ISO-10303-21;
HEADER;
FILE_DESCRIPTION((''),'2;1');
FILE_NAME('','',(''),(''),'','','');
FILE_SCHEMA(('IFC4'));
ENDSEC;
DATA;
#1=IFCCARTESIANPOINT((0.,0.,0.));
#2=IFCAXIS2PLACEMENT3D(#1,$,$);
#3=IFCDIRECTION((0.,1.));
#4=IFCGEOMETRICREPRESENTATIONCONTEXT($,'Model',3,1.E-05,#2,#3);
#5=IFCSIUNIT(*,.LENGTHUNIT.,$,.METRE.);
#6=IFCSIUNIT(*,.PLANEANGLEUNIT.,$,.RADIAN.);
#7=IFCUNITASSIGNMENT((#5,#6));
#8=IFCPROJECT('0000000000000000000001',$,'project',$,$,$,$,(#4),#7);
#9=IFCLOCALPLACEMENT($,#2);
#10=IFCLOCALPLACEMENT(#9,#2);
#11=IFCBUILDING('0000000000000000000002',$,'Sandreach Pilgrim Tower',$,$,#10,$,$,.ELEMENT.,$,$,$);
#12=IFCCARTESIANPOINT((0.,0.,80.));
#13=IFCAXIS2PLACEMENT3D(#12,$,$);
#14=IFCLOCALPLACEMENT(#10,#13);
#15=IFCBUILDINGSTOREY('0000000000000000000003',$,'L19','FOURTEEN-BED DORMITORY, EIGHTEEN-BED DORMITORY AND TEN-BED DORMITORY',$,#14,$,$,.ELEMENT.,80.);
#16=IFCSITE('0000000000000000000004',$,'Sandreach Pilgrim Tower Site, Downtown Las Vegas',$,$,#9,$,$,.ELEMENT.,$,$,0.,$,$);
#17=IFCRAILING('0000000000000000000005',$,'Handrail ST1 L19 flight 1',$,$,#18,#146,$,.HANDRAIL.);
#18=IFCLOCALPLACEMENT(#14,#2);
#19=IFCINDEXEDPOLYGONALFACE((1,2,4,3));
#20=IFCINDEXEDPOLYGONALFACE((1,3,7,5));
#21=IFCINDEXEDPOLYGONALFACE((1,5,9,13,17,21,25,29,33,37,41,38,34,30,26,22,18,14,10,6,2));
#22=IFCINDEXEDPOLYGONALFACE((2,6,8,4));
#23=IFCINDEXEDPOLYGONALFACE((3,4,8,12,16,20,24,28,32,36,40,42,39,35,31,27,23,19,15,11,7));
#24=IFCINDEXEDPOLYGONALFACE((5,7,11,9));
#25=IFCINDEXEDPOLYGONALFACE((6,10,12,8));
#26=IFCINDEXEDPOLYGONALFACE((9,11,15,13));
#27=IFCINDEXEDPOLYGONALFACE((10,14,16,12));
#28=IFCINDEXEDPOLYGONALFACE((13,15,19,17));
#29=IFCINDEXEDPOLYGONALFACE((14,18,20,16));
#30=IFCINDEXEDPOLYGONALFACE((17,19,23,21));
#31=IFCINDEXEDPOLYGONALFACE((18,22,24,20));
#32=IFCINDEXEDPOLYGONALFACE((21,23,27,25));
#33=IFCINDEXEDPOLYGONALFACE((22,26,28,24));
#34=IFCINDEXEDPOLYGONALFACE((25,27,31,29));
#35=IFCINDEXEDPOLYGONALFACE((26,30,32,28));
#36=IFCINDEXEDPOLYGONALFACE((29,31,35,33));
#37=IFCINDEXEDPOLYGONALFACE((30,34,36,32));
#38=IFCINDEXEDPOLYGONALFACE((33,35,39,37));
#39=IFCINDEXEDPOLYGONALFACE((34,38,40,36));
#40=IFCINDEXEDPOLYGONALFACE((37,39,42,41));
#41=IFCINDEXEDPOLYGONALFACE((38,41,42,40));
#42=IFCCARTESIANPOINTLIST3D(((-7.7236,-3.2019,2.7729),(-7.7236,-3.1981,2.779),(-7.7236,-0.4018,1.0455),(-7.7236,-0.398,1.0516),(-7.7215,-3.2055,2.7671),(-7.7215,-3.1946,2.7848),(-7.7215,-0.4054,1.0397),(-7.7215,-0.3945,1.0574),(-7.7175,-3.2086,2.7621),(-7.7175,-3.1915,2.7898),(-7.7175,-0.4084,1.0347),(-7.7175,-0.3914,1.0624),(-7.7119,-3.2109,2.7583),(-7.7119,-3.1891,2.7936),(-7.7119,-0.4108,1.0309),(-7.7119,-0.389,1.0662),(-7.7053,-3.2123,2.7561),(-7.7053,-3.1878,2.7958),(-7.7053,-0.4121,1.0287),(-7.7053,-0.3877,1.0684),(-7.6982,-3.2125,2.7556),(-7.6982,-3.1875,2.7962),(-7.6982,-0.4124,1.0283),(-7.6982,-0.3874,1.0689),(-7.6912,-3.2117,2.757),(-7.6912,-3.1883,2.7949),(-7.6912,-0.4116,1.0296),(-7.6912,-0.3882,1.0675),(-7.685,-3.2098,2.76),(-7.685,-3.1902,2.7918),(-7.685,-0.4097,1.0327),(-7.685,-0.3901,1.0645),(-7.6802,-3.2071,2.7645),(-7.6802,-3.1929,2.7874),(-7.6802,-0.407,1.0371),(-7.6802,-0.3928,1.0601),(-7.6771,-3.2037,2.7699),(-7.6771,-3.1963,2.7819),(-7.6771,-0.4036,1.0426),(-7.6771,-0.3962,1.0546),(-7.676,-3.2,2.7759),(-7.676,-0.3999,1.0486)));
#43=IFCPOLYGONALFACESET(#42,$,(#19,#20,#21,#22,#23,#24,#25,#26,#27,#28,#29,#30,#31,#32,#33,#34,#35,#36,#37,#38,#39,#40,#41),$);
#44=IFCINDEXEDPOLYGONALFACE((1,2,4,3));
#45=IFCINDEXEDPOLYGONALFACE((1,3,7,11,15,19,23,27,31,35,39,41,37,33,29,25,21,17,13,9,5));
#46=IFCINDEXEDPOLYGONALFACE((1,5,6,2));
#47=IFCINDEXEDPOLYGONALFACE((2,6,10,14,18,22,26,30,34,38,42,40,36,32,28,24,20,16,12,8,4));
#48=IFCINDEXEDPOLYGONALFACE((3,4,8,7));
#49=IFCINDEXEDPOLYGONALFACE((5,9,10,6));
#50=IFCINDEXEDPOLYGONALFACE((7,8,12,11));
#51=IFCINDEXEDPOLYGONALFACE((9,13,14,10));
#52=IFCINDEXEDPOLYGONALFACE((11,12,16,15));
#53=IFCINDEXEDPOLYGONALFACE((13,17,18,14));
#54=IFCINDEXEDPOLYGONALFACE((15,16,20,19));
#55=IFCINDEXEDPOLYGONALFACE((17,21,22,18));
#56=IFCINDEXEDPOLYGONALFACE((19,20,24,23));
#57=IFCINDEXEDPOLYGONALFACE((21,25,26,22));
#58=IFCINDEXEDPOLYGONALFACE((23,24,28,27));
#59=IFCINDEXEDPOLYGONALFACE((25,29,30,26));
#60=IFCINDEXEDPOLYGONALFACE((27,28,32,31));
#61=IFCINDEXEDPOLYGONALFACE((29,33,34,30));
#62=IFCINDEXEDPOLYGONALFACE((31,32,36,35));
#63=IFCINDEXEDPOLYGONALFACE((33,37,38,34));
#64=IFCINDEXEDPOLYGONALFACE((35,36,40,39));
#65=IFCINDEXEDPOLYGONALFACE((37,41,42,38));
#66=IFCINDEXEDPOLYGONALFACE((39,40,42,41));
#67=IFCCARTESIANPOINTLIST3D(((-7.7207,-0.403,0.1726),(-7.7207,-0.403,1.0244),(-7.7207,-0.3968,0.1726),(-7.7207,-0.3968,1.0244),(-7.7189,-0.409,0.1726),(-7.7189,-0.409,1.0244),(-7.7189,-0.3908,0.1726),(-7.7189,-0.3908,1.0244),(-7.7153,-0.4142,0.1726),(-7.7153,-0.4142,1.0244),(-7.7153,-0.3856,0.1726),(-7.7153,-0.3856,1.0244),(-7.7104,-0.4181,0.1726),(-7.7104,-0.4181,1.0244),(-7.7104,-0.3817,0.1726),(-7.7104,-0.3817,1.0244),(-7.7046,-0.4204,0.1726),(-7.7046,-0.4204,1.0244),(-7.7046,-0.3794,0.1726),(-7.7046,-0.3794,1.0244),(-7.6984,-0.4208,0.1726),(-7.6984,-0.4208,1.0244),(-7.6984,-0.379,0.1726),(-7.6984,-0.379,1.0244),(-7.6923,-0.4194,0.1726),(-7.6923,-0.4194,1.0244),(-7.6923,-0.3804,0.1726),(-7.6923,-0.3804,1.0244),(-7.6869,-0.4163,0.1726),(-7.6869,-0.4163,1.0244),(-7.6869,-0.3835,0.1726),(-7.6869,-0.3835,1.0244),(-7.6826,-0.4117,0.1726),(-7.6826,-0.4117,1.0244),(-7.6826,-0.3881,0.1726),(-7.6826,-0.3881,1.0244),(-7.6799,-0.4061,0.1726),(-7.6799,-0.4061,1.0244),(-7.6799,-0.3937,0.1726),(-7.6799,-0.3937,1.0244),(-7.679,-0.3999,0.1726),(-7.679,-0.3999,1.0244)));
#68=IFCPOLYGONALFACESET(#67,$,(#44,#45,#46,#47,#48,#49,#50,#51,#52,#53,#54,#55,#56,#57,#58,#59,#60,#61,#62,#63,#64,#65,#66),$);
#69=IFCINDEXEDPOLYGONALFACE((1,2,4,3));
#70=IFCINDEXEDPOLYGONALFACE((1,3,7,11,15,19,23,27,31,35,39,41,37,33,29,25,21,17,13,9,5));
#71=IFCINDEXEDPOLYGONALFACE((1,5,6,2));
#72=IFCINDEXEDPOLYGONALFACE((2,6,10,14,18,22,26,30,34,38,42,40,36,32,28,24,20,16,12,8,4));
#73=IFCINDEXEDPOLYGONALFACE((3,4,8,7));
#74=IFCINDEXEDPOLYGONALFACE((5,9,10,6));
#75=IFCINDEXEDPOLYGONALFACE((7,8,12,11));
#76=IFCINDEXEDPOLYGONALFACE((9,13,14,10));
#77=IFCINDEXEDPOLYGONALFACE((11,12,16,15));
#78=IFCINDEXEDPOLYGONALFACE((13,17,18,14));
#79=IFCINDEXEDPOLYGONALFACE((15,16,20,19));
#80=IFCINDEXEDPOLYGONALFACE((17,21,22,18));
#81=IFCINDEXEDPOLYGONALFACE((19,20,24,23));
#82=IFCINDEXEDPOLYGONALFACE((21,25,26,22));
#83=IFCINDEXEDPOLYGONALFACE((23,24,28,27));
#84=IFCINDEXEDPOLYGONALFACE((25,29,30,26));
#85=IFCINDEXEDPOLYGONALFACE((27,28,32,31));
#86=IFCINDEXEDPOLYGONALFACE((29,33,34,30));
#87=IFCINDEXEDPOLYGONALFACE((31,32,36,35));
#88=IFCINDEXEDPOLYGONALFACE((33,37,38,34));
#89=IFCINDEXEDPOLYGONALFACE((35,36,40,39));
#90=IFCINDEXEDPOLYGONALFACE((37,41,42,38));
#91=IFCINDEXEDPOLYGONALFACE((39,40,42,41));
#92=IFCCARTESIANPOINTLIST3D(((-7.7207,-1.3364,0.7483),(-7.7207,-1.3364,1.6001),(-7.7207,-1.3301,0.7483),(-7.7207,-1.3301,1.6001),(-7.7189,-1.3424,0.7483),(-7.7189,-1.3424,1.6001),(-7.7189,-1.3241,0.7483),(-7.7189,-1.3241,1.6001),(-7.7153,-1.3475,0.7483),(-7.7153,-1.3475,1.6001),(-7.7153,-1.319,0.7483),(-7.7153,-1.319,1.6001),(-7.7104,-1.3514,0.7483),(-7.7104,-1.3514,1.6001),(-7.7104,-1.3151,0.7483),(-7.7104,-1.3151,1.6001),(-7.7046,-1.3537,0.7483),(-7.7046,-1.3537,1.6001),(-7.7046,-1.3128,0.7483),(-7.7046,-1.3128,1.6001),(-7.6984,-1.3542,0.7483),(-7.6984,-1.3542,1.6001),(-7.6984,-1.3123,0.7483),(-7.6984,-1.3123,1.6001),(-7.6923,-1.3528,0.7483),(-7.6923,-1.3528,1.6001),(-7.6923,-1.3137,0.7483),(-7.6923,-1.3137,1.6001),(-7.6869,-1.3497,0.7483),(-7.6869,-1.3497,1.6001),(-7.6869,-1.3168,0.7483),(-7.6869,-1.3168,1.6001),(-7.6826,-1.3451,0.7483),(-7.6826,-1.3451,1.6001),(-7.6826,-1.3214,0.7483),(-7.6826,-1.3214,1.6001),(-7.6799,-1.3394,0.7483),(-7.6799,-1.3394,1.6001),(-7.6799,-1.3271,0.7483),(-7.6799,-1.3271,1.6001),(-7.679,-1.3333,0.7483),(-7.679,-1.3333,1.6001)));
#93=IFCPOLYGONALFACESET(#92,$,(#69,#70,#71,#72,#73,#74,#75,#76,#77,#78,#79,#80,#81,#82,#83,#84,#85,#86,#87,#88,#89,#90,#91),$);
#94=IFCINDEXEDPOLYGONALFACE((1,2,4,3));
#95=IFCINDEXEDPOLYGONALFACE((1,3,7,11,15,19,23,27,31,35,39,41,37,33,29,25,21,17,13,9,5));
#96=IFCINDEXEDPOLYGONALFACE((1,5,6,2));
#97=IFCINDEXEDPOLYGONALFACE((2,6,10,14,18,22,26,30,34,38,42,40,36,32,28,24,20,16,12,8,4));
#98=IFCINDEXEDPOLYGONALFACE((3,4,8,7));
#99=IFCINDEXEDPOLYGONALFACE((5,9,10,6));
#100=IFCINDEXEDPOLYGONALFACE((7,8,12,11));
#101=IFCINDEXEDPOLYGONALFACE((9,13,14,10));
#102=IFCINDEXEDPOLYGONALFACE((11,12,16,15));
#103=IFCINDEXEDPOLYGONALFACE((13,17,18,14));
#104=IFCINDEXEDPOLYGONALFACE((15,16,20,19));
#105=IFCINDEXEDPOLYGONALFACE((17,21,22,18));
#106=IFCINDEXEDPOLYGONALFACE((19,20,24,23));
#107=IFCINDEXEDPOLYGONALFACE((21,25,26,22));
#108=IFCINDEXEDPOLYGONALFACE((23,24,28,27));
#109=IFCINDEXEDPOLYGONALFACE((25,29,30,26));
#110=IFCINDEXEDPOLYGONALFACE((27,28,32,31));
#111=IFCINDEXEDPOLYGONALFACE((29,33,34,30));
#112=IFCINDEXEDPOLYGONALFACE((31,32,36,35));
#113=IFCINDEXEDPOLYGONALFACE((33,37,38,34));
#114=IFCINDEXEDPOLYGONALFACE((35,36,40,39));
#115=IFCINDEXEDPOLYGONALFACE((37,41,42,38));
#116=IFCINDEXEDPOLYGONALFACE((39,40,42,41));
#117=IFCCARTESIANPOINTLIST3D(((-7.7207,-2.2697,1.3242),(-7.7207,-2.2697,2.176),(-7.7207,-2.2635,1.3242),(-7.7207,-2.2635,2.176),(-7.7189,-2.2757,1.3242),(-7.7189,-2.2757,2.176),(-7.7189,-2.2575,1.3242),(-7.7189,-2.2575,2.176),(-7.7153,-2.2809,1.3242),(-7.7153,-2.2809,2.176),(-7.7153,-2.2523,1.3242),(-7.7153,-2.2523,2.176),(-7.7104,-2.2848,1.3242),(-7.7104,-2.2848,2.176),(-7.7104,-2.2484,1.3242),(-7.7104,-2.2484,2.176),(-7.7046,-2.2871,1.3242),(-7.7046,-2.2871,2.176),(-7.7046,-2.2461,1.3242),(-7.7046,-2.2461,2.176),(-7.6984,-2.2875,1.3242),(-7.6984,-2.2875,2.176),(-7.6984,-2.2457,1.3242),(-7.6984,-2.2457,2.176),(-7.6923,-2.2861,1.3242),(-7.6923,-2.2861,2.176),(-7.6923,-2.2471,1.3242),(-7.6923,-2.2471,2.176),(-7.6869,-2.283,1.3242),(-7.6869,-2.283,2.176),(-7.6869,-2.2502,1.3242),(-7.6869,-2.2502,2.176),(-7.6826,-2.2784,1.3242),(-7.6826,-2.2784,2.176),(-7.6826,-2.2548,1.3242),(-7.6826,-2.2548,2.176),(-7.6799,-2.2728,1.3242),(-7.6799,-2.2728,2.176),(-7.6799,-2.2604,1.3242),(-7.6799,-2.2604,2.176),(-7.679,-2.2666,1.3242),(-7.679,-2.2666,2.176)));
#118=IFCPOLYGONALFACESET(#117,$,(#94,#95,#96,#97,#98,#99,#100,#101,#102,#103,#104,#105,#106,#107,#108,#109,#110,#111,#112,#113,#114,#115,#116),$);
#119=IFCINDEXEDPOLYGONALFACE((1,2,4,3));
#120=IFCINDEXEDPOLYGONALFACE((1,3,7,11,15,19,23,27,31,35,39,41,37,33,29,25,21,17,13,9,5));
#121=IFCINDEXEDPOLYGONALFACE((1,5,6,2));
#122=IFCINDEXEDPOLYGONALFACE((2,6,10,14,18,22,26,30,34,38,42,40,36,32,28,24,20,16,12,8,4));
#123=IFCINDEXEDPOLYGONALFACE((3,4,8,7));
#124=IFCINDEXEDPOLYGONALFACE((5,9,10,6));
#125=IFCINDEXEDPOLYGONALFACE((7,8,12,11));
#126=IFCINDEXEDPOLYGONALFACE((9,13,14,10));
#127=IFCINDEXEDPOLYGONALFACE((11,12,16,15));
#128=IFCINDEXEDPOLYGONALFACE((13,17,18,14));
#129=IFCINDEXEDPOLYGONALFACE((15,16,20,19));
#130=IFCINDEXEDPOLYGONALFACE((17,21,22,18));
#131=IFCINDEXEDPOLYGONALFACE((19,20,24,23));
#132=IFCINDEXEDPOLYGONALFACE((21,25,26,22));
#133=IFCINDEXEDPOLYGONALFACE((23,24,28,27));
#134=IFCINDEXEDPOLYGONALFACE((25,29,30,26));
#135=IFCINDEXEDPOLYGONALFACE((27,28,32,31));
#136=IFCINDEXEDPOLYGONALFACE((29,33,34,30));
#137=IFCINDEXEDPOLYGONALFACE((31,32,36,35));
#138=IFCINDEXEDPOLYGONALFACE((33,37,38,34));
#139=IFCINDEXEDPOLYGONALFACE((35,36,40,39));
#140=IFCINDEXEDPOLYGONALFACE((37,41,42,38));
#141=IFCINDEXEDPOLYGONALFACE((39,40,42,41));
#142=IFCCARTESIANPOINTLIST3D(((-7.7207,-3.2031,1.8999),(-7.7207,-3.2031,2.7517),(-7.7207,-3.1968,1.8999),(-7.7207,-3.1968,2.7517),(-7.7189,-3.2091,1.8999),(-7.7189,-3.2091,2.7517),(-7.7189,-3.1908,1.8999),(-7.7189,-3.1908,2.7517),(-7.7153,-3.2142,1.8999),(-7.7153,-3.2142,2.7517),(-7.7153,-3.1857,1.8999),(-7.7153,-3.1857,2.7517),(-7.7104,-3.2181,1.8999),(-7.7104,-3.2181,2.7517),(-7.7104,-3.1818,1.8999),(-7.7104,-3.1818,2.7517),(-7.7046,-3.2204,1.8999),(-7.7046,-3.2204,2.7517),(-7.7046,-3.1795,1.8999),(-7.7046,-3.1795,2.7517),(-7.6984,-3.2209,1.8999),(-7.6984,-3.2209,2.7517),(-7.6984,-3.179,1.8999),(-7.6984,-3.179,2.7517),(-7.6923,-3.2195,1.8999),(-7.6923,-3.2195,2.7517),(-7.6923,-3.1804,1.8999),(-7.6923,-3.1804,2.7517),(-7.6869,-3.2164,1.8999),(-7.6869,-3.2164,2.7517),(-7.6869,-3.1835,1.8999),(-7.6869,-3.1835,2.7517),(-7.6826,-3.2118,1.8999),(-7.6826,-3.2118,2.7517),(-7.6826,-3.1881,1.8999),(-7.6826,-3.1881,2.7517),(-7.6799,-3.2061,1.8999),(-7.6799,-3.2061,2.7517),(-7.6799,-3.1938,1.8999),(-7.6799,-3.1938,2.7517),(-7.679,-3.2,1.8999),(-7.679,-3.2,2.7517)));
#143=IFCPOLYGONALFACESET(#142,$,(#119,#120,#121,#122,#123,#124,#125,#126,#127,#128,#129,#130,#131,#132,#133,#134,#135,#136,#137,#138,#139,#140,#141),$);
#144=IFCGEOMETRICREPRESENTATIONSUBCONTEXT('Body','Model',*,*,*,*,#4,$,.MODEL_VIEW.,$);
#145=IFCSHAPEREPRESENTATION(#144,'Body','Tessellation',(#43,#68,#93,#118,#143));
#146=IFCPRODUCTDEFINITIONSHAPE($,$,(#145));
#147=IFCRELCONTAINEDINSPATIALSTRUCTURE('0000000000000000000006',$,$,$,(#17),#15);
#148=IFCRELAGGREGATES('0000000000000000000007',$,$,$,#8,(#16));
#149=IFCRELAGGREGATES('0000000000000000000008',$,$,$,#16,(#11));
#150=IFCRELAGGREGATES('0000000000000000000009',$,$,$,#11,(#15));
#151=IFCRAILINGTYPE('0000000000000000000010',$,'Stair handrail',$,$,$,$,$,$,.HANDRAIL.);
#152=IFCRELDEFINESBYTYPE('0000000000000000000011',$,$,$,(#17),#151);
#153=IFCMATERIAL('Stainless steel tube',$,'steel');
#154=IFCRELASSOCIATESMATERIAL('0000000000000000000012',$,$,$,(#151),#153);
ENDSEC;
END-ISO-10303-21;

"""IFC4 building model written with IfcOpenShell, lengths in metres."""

from ifc_helpers import new_model, si_unit, direction, frame, origin, origin_2d, place, context, subcontext, project, spatial, circle, extrude, material, type_object, element, save


model = new_model("IFC4")

# Units and contexts
model_context = context("Model", 3, precision=1e-05, world=origin(), true_north=direction((0.0, 1.0)))
body_context = subcontext(model_context, "Body", "Model", "MODEL_VIEW")
ifc_project = project(units=[si_unit("LENGTHUNIT", "METRE"), si_unit("PLANEANGLEUNIT", "RADIAN")], contexts=[model_context])

# Site, building, storey
site_placement = place(None, origin())
site = spatial("IfcSite", under=ifc_project, at=site_placement, Name="Sandreach Pilgrim Tower Site, Downtown Las Vegas", CompositionType="ELEMENT", RefElevation=0.0)
building_placement = place(site_placement, origin())
building = spatial("IfcBuilding", under=site, at=building_placement, Name="Sandreach Pilgrim Tower", CompositionType="ELEMENT")
storey_placement = place(building_placement, frame((0.0, 0.0, 80.0)))
storey = spatial("IfcBuildingStorey", under=building, at=storey_placement, Name="L19", Description="FOURTEEN-BED DORMITORY, EIGHTEEN-BED DORMITORY AND TEN-BED DORMITORY", CompositionType="ELEMENT", Elevation=80.0)

# Railing
ifc_material_1 = material(Name="Stainless steel tube", Category="steel")
railing_type = type_object("IfcRailingType", Name="Stair handrail", PredefinedType="HANDRAIL", material=ifc_material_1)
for number, where, name in (
    (1, (-7.7, -0.3999, 0.1726), "Handrail ST1 L19 flight 1"),
):
    element("IfcRailing", number, at=place(storey_placement, frame(where)), inside=storey, type_object=railing_type, Name=name, PredefinedType="HANDRAIL", context=body_context, shape_type="SweptSolid", body=[
        extrude(circle(Radius=0.0239, at=origin_2d()), frame((0.0, 0.0, 0.876), z_axis=(0.0, -0.85109, 0.52502), x_axis=(1.0, 0.0, 0.0)), (0.0, 0.0, 1.0), 3.29),
        extrude(circle(Radius=0.021, at=origin_2d()), origin(), (0.0, 0.0, 1.0), 0.8518),
        extrude(circle(Radius=0.021, at=origin_2d()), frame((0.0, -0.9333, 0.5757)), (0.0, 0.0, 1.0), 0.8518),
        extrude(circle(Radius=0.021, at=origin_2d()), frame((0.0, -1.8667, 1.1516)), (0.0, 0.0, 1.0), 0.8518),
        extrude(circle(Radius=0.021, at=origin_2d()), frame((0.0, -2.8, 1.7273)), (0.0, 0.0, 1.0), 0.8518),
    ])

save(model, "model.ifc")
